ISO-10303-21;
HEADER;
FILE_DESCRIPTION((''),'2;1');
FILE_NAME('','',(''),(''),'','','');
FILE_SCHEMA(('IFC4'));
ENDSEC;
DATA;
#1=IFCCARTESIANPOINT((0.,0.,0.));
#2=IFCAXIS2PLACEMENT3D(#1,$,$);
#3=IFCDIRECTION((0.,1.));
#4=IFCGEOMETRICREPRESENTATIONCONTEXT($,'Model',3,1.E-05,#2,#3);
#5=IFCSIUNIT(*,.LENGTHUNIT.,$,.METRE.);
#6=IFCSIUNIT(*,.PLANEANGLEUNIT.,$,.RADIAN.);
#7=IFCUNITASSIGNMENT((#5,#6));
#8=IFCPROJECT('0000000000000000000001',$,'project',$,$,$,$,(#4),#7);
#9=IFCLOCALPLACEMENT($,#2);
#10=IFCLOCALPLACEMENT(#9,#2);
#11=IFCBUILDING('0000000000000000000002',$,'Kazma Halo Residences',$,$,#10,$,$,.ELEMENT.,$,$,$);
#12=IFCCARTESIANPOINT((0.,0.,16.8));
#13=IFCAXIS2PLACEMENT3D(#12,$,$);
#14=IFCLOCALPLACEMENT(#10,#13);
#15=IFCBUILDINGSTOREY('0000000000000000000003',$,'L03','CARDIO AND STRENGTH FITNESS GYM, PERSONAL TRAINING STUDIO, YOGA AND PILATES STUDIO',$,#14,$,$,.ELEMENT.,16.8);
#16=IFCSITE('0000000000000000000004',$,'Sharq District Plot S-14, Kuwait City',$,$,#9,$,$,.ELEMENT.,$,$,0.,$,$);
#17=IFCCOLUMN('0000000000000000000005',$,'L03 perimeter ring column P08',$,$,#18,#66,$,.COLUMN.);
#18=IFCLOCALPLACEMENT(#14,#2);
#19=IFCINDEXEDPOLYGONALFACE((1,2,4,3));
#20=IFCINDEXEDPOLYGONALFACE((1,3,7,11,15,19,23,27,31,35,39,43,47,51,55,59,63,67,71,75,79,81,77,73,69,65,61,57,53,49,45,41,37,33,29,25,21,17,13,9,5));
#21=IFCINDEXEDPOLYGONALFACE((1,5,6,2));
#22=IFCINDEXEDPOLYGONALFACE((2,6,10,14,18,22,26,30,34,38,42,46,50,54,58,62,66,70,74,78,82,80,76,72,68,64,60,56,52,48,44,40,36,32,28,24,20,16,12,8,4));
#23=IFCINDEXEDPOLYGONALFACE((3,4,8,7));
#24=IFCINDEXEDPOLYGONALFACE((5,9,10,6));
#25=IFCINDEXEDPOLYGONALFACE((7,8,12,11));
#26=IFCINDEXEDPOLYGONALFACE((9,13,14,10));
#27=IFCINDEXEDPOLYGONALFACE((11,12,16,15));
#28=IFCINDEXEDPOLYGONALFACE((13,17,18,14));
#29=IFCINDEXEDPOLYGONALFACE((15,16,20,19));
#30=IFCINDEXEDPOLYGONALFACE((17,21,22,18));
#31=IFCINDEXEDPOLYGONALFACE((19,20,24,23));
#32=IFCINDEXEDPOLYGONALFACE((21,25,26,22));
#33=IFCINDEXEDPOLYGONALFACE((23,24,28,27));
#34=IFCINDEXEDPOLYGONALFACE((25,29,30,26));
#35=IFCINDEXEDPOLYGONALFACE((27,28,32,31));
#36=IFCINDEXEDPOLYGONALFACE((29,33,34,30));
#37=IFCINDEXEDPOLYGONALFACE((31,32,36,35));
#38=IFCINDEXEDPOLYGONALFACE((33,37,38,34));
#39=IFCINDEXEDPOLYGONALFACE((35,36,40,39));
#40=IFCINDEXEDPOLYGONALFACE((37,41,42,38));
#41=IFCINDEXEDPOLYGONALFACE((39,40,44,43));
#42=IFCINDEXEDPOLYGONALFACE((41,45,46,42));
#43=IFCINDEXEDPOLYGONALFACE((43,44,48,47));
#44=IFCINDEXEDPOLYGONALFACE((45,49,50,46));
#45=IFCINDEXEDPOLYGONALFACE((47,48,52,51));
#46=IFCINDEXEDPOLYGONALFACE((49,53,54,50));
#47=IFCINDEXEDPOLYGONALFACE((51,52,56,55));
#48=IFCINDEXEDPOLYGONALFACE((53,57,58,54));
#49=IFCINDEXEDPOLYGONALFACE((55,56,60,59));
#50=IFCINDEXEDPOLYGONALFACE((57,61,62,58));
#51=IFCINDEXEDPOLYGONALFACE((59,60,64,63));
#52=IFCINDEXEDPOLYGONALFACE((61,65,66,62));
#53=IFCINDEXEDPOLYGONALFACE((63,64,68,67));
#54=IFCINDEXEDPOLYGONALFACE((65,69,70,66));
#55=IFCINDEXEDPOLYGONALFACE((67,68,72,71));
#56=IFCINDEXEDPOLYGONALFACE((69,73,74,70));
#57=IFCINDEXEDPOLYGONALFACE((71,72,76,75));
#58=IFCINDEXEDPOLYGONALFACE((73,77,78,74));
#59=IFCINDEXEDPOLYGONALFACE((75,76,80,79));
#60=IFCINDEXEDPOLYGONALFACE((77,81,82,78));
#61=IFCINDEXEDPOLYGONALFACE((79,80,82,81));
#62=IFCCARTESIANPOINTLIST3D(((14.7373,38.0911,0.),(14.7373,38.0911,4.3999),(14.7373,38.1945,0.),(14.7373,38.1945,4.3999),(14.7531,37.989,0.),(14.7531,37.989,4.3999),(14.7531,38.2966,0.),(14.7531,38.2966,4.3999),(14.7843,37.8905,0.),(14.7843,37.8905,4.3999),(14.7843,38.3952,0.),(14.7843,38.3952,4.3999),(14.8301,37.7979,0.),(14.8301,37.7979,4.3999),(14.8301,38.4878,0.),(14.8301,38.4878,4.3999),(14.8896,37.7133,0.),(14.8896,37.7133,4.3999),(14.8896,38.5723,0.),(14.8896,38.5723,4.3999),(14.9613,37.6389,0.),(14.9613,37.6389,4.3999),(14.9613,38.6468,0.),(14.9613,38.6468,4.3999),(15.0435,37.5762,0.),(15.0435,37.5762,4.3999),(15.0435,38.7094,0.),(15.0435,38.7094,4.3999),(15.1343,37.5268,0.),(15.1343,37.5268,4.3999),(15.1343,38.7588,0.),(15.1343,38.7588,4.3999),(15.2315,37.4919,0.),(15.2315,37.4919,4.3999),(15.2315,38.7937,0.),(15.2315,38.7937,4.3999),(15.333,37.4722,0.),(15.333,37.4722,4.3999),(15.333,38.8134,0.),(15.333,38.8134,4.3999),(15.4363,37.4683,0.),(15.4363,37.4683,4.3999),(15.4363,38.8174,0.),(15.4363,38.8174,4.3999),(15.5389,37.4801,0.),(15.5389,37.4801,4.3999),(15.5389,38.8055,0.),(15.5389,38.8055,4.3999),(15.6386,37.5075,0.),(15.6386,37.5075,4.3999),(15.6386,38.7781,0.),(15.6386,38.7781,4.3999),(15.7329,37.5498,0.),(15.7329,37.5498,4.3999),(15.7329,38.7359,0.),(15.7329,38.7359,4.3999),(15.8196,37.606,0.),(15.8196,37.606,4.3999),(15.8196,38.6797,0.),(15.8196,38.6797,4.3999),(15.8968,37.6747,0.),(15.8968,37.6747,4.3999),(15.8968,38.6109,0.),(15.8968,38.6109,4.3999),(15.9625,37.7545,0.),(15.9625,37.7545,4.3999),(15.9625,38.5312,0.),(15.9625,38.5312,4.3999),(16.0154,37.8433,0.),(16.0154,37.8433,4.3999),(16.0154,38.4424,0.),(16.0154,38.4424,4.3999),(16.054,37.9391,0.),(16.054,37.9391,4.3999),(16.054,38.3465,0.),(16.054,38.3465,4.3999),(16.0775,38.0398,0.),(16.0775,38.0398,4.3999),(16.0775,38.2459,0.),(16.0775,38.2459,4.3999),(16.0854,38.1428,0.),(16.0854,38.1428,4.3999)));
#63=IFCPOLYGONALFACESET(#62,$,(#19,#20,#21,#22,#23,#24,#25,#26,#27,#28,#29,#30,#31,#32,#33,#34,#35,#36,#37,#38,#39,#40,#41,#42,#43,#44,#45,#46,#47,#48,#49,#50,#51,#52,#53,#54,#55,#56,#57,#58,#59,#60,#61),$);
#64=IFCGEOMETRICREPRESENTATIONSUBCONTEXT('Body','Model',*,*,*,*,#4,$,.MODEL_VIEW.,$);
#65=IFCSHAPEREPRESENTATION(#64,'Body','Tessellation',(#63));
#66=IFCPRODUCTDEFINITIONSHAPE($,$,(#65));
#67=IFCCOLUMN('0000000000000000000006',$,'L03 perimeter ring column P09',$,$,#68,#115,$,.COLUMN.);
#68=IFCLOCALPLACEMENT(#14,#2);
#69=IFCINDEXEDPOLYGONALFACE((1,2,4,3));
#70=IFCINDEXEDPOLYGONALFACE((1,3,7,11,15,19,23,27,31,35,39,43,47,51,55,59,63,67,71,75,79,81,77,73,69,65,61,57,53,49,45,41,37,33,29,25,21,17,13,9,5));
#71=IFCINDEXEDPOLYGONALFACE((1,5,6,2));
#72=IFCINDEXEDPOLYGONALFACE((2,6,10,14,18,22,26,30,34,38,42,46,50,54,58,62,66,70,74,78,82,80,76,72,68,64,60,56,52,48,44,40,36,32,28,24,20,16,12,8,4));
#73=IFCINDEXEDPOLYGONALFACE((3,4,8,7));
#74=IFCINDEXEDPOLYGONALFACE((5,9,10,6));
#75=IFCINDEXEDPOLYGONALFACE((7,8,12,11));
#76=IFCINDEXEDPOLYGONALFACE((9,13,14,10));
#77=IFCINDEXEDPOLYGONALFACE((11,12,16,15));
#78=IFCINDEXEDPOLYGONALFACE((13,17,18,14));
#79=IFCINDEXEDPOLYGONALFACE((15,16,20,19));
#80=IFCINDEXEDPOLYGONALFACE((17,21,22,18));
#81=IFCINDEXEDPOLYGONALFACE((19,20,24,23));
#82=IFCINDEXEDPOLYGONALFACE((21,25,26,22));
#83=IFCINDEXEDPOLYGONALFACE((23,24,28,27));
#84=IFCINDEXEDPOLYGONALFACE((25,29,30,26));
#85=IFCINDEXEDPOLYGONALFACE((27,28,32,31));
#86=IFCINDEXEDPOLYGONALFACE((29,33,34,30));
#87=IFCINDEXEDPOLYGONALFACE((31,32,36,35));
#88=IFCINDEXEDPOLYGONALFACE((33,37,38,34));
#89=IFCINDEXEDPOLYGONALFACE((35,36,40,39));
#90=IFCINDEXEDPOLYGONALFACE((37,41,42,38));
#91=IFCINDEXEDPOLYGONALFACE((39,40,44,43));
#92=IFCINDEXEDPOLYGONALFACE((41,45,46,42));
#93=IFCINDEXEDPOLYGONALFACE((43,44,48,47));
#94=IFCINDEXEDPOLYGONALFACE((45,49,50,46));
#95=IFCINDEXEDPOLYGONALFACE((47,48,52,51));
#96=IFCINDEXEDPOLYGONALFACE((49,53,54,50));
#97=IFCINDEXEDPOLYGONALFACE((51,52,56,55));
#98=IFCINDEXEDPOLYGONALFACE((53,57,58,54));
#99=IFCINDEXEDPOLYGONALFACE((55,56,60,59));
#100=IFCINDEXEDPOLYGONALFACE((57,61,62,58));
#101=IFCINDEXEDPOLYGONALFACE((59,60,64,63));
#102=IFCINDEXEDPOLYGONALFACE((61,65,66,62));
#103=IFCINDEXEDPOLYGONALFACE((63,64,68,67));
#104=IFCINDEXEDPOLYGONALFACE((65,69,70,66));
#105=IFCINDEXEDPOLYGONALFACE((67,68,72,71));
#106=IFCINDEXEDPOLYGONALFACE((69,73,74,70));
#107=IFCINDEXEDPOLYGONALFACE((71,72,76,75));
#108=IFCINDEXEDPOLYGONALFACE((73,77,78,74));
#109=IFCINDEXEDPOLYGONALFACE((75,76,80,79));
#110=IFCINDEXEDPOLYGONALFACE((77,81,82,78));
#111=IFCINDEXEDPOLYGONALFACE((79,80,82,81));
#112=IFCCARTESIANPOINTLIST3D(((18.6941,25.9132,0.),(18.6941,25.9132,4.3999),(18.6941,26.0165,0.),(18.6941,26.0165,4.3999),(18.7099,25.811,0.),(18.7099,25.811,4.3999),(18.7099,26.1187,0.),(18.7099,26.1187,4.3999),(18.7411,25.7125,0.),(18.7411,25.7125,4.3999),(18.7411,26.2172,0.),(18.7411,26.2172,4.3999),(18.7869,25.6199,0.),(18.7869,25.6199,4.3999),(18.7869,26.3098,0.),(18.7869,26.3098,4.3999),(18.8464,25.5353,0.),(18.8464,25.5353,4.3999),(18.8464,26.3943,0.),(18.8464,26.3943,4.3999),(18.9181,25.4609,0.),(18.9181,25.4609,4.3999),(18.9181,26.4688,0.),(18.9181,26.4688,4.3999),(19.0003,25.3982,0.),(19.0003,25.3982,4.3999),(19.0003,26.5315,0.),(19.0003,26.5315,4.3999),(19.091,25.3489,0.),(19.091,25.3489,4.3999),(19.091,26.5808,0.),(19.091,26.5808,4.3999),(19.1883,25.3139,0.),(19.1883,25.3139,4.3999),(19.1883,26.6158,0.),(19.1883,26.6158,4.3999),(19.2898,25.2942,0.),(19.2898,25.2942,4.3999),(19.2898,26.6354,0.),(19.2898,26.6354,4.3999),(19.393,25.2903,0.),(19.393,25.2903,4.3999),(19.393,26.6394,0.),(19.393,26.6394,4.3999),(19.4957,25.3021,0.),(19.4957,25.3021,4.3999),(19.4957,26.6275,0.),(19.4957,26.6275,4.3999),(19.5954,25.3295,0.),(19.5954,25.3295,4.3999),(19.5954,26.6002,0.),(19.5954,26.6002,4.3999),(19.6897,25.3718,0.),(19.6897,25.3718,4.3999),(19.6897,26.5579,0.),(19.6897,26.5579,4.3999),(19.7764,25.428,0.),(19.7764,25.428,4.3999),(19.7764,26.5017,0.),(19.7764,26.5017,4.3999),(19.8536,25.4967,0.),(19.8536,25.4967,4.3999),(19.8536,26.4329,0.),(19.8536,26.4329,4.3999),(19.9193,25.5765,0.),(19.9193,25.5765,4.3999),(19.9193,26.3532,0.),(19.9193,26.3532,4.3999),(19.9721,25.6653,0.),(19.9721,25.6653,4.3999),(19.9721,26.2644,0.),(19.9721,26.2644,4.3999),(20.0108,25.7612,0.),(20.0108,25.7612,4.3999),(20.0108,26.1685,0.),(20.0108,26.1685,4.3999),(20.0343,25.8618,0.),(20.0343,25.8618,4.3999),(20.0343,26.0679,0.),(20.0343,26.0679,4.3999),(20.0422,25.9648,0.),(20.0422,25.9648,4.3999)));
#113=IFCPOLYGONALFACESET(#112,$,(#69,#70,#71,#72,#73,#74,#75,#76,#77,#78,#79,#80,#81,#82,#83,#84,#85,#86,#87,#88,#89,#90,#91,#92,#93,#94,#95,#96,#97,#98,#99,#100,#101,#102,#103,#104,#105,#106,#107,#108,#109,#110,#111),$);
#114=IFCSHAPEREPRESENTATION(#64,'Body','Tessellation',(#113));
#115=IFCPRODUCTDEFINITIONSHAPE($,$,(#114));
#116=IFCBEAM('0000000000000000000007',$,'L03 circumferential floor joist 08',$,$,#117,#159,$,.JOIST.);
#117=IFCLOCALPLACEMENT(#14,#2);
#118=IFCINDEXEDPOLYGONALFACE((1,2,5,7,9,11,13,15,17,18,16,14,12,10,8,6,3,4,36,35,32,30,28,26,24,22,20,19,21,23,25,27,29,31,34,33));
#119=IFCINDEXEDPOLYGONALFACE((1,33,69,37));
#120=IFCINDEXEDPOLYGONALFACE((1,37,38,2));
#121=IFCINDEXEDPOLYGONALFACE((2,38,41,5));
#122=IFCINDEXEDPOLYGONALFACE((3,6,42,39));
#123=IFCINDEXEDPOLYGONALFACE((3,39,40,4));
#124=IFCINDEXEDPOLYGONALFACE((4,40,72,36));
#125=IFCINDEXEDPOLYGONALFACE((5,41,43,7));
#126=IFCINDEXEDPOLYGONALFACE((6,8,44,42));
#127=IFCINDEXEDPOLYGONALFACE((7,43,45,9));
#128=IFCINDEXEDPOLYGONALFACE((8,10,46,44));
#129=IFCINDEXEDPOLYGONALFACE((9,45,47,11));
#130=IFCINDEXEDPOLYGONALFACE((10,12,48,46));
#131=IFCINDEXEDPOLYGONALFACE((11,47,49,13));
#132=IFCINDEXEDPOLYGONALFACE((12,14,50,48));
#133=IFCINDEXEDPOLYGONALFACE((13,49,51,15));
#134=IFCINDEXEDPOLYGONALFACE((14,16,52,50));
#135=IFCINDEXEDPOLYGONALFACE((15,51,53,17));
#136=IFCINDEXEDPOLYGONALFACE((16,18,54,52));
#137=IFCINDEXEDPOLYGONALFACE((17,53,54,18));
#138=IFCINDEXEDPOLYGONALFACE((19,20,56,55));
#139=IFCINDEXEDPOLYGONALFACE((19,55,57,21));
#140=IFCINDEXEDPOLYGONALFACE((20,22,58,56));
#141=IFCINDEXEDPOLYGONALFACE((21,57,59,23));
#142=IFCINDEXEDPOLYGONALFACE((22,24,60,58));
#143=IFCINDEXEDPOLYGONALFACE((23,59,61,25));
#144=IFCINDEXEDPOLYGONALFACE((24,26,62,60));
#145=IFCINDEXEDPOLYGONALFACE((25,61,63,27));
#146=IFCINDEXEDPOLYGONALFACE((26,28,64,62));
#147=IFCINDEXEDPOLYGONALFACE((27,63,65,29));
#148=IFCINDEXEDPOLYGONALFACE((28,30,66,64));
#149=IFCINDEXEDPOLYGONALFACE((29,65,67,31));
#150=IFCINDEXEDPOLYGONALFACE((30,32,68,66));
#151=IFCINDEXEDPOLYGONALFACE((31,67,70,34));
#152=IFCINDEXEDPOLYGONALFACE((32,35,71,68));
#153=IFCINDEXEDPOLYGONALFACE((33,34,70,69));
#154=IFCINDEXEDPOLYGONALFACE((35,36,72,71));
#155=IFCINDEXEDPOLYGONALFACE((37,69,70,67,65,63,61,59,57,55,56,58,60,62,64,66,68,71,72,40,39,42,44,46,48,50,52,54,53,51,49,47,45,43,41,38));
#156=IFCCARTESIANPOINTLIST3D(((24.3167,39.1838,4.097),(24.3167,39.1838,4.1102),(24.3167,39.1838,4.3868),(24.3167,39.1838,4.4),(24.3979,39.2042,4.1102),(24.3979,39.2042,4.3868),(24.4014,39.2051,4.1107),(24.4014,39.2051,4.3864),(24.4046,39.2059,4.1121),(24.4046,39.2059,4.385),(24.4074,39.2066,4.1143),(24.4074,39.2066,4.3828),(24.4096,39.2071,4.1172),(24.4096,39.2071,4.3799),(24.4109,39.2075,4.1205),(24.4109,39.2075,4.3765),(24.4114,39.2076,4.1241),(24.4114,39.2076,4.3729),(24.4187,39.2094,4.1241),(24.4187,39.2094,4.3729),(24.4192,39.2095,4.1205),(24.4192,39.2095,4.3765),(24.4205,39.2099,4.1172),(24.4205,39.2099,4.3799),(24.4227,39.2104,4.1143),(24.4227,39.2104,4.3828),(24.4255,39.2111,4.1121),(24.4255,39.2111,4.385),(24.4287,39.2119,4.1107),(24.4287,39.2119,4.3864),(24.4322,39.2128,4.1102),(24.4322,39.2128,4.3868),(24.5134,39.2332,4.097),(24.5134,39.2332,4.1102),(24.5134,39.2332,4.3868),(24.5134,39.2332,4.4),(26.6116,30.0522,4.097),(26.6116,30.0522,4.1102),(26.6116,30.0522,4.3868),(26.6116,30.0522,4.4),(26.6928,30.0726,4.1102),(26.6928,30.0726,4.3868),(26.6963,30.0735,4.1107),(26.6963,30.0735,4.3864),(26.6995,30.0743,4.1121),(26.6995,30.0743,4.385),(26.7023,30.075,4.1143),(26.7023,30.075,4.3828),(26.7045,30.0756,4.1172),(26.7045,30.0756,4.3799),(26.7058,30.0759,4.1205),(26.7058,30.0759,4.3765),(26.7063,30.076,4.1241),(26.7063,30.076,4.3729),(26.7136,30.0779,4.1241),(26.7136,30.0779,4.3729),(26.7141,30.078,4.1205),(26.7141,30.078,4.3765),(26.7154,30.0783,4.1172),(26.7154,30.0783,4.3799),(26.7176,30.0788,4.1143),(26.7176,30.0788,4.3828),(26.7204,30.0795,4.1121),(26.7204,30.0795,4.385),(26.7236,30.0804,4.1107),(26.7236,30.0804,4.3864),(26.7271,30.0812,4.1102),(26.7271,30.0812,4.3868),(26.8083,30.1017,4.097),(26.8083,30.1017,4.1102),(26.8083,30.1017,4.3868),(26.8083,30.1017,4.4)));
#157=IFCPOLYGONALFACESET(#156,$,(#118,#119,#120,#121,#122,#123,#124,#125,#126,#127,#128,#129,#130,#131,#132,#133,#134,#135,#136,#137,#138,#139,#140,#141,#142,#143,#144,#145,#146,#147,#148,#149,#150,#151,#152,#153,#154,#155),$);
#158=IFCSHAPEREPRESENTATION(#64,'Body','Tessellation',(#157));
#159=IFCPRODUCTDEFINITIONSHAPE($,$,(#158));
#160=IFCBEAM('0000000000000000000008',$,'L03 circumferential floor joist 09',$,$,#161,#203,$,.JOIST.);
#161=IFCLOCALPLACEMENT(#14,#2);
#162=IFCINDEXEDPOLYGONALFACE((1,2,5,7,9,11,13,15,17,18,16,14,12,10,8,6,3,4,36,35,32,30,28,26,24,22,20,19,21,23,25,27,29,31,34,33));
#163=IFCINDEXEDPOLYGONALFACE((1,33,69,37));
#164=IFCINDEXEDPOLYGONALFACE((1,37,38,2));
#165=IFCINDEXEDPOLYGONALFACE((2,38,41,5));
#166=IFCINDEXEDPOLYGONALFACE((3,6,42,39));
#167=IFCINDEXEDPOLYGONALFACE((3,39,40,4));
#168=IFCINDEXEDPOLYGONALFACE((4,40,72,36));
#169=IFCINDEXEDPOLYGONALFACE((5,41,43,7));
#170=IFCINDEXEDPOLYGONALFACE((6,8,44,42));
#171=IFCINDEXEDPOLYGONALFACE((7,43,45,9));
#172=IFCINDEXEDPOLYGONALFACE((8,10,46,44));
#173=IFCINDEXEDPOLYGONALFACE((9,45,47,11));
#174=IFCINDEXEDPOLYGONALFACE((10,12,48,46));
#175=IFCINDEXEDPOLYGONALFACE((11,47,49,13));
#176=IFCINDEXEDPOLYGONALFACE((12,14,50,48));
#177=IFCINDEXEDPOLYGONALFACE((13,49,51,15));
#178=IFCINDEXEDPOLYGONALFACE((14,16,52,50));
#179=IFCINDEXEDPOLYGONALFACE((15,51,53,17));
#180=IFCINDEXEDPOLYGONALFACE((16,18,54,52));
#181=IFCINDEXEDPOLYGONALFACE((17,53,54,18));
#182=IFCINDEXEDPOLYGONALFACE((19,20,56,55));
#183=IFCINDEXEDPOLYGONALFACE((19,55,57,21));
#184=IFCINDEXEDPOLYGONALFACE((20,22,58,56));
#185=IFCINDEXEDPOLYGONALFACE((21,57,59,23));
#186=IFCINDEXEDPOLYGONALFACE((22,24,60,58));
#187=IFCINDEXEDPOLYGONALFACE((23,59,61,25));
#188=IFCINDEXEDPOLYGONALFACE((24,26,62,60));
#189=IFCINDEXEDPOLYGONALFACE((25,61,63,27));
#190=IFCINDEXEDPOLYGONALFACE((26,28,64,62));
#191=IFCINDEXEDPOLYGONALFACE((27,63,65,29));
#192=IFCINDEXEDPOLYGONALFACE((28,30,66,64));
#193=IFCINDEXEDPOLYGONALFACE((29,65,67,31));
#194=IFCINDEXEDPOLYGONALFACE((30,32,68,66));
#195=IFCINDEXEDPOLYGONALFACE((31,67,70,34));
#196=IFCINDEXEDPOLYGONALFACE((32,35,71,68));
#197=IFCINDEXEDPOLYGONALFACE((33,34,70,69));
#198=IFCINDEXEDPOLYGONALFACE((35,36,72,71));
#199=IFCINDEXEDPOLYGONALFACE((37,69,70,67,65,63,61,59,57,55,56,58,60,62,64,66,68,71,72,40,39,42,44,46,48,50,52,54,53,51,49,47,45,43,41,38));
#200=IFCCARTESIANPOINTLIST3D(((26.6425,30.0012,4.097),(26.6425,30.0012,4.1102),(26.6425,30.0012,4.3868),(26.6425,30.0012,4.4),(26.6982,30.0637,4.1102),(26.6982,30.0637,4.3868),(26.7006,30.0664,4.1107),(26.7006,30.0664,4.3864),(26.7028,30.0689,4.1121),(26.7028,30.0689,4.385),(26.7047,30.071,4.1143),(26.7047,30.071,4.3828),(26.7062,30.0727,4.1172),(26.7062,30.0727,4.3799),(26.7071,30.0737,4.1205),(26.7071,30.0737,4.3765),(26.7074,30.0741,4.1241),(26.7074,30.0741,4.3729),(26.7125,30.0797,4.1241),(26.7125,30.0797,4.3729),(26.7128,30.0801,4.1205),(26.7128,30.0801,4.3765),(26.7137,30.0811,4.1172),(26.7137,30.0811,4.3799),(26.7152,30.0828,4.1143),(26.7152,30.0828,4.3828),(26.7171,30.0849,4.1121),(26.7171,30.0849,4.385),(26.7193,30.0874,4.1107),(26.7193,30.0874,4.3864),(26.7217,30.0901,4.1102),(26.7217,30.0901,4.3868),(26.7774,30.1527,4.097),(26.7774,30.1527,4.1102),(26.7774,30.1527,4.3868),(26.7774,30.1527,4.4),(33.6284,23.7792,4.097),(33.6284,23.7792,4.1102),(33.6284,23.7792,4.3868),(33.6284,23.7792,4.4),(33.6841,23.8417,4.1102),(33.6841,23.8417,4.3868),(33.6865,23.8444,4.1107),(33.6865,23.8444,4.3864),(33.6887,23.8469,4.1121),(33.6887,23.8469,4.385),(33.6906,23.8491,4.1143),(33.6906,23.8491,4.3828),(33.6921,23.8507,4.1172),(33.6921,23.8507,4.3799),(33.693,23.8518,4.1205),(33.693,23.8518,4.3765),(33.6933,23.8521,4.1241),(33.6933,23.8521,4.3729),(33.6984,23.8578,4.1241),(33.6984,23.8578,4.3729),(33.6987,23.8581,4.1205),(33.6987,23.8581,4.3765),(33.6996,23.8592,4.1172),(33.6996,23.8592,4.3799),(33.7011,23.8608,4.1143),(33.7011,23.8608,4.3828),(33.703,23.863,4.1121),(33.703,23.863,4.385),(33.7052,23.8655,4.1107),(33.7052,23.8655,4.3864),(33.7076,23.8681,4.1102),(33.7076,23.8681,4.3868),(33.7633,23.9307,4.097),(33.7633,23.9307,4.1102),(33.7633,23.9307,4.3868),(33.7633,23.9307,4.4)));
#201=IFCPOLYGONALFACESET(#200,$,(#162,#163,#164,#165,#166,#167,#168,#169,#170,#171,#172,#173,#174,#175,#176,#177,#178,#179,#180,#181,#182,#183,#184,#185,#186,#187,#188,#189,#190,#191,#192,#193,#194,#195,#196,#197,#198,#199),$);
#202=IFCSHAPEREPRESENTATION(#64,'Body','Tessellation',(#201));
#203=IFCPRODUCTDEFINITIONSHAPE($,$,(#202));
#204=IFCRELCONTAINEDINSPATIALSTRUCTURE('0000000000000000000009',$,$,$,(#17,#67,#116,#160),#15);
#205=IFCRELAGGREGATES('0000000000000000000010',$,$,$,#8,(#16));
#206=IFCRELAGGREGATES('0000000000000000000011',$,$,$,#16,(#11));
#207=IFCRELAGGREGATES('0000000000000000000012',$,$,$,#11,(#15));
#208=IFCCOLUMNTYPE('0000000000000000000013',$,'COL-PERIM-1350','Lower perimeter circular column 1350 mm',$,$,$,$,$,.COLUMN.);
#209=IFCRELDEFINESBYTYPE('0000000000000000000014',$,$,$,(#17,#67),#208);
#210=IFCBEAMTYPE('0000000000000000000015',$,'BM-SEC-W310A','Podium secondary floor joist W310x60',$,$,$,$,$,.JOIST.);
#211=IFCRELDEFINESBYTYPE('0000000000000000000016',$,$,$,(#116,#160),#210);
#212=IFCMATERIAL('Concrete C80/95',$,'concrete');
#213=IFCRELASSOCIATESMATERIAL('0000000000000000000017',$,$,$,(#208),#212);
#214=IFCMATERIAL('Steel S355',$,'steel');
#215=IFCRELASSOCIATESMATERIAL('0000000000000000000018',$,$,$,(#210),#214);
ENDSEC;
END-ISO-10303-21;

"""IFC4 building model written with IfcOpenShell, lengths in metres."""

from ifc_helpers import new_model, si_unit, direction, frame, origin, origin_2d, place, context, subcontext, project, spatial, circle, i_section, extrude, material, material_profile, profile_set, type_object, element, save


model = new_model("IFC4")

# Units and contexts
model_context = context("Model", 3, precision=1e-05, world=origin(), true_north=direction((0.0, 1.0)))
body_context = subcontext(model_context, "Body", "Model", "MODEL_VIEW")
ifc_project = project(units=[si_unit("LENGTHUNIT", "METRE"), si_unit("PLANEANGLEUNIT", "RADIAN")], contexts=[model_context])

# Site, building, storey
site_placement = place(None, origin())
site = spatial("IfcSite", under=ifc_project, at=site_placement, Name="Sharq District Plot S-14, Kuwait City", CompositionType="ELEMENT", RefElevation=0.0)
building_placement = place(site_placement, origin())
building = spatial("IfcBuilding", under=site, at=building_placement, Name="Kazma Halo Residences", CompositionType="ELEMENT")
storey_placement = place(building_placement, frame((0.0, 0.0, 16.8)))
storey = spatial("IfcBuildingStorey", under=building, at=storey_placement, Name="L03", Description="CARDIO AND STRENGTH FITNESS GYM, PERSONAL TRAINING STUDIO, YOGA AND PILATES STUDIO", CompositionType="ELEMENT", Elevation=16.8)

# Columns
ifc_material_1 = material(Name="Concrete C80/95", Category="concrete")
ifc_material_profile_1 = material_profile(ifc_material_1, circle(Radius=0.675, at=origin_2d()), Name="CIRC1350")
ifc_profile_set_1 = profile_set([ifc_material_profile_1], Name="Concrete C80/95")
column_type = type_object("IfcColumnType", Name="COL-PERIM-1350", Description="Lower perimeter circular column 1350 mm", PredefinedType="COLUMN", material=ifc_profile_set_1)
for number, where, z_axis, x_axis, name in (
    (1, (15.4104, 38.1428, 0.0), (0.0, 0.0, 1.0), (1.0, 0.0, 0.0), "L03 perimeter ring column P08"),
    (2, (19.3672, 25.9648, 0.0), (0.0, 0.0, 1.0), (1.0, 0.0, 0.0), "L03 perimeter ring column P09"),
):
    element("IfcColumn", number, at=place(storey_placement, frame(where, z_axis=z_axis, x_axis=x_axis)), inside=storey, type_object=column_type, Name=name, PredefinedType="COLUMN", context=body_context, shape_type="SweptSolid", body=[
        extrude(circle(Radius=0.675, at=origin_2d()), origin(), (0.0, 0.0, 1.0), 4.3999),
    ])

# Beams
ifc_material_2 = material(Name="Steel S355", Category="steel")
ifc_material_profile_2 = material_profile(ifc_material_2, i_section(OverallWidth=0.2029, OverallDepth=0.303, WebThickness=0.0076, FlangeThickness=0.0132, FilletRadius=0.0139, at=origin_2d()), Name="W310x60")
ifc_profile_set_2 = profile_set([ifc_material_profile_2], Name="Steel S355")
beam_type_1 = type_object("IfcBeamType", Name="BM-SEC-W310A", Description="Podium secondary floor joist W310x60", PredefinedType="JOIST", material=ifc_profile_set_2)
beam_1_placement = place(storey_placement, frame((24.415, 39.2085, 4.2485), z_axis=(0.243737, -0.969841, 0.0), x_axis=(0.969841, 0.243737, 0.0)))
element("IfcBeam", 3, at=beam_1_placement, inside=storey, type_object=beam_type_1, Name="L03 circumferential floor joist 08", PredefinedType="JOIST", context=body_context, shape_type="SweptSolid", body=[
    extrude(i_section(OverallWidth=0.2029, OverallDepth=0.303, WebThickness=0.0076, FlangeThickness=0.0132, FilletRadius=0.0139, at=origin_2d()), origin(), (0.0, 0.0, 1.0), 9.4155),
])
beam_2_placement = place(storey_placement, frame((26.71, 30.0769, 4.2485), z_axis=(0.746757, -0.665097, 0.0), x_axis=(0.665097, 0.746757, 0.0)))
element("IfcBeam", 4, at=beam_2_placement, inside=storey, type_object=beam_type_1, Name="L03 circumferential floor joist 09", PredefinedType="JOIST", context=body_context, shape_type="SweptSolid", body=[
    extrude(i_section(OverallWidth=0.2029, OverallDepth=0.303, WebThickness=0.0076, FlangeThickness=0.0132, FilletRadius=0.0139, at=origin_2d()), origin(), (0.0, 0.0, 1.0), 9.355),
])

save(model, "model.ifc")
